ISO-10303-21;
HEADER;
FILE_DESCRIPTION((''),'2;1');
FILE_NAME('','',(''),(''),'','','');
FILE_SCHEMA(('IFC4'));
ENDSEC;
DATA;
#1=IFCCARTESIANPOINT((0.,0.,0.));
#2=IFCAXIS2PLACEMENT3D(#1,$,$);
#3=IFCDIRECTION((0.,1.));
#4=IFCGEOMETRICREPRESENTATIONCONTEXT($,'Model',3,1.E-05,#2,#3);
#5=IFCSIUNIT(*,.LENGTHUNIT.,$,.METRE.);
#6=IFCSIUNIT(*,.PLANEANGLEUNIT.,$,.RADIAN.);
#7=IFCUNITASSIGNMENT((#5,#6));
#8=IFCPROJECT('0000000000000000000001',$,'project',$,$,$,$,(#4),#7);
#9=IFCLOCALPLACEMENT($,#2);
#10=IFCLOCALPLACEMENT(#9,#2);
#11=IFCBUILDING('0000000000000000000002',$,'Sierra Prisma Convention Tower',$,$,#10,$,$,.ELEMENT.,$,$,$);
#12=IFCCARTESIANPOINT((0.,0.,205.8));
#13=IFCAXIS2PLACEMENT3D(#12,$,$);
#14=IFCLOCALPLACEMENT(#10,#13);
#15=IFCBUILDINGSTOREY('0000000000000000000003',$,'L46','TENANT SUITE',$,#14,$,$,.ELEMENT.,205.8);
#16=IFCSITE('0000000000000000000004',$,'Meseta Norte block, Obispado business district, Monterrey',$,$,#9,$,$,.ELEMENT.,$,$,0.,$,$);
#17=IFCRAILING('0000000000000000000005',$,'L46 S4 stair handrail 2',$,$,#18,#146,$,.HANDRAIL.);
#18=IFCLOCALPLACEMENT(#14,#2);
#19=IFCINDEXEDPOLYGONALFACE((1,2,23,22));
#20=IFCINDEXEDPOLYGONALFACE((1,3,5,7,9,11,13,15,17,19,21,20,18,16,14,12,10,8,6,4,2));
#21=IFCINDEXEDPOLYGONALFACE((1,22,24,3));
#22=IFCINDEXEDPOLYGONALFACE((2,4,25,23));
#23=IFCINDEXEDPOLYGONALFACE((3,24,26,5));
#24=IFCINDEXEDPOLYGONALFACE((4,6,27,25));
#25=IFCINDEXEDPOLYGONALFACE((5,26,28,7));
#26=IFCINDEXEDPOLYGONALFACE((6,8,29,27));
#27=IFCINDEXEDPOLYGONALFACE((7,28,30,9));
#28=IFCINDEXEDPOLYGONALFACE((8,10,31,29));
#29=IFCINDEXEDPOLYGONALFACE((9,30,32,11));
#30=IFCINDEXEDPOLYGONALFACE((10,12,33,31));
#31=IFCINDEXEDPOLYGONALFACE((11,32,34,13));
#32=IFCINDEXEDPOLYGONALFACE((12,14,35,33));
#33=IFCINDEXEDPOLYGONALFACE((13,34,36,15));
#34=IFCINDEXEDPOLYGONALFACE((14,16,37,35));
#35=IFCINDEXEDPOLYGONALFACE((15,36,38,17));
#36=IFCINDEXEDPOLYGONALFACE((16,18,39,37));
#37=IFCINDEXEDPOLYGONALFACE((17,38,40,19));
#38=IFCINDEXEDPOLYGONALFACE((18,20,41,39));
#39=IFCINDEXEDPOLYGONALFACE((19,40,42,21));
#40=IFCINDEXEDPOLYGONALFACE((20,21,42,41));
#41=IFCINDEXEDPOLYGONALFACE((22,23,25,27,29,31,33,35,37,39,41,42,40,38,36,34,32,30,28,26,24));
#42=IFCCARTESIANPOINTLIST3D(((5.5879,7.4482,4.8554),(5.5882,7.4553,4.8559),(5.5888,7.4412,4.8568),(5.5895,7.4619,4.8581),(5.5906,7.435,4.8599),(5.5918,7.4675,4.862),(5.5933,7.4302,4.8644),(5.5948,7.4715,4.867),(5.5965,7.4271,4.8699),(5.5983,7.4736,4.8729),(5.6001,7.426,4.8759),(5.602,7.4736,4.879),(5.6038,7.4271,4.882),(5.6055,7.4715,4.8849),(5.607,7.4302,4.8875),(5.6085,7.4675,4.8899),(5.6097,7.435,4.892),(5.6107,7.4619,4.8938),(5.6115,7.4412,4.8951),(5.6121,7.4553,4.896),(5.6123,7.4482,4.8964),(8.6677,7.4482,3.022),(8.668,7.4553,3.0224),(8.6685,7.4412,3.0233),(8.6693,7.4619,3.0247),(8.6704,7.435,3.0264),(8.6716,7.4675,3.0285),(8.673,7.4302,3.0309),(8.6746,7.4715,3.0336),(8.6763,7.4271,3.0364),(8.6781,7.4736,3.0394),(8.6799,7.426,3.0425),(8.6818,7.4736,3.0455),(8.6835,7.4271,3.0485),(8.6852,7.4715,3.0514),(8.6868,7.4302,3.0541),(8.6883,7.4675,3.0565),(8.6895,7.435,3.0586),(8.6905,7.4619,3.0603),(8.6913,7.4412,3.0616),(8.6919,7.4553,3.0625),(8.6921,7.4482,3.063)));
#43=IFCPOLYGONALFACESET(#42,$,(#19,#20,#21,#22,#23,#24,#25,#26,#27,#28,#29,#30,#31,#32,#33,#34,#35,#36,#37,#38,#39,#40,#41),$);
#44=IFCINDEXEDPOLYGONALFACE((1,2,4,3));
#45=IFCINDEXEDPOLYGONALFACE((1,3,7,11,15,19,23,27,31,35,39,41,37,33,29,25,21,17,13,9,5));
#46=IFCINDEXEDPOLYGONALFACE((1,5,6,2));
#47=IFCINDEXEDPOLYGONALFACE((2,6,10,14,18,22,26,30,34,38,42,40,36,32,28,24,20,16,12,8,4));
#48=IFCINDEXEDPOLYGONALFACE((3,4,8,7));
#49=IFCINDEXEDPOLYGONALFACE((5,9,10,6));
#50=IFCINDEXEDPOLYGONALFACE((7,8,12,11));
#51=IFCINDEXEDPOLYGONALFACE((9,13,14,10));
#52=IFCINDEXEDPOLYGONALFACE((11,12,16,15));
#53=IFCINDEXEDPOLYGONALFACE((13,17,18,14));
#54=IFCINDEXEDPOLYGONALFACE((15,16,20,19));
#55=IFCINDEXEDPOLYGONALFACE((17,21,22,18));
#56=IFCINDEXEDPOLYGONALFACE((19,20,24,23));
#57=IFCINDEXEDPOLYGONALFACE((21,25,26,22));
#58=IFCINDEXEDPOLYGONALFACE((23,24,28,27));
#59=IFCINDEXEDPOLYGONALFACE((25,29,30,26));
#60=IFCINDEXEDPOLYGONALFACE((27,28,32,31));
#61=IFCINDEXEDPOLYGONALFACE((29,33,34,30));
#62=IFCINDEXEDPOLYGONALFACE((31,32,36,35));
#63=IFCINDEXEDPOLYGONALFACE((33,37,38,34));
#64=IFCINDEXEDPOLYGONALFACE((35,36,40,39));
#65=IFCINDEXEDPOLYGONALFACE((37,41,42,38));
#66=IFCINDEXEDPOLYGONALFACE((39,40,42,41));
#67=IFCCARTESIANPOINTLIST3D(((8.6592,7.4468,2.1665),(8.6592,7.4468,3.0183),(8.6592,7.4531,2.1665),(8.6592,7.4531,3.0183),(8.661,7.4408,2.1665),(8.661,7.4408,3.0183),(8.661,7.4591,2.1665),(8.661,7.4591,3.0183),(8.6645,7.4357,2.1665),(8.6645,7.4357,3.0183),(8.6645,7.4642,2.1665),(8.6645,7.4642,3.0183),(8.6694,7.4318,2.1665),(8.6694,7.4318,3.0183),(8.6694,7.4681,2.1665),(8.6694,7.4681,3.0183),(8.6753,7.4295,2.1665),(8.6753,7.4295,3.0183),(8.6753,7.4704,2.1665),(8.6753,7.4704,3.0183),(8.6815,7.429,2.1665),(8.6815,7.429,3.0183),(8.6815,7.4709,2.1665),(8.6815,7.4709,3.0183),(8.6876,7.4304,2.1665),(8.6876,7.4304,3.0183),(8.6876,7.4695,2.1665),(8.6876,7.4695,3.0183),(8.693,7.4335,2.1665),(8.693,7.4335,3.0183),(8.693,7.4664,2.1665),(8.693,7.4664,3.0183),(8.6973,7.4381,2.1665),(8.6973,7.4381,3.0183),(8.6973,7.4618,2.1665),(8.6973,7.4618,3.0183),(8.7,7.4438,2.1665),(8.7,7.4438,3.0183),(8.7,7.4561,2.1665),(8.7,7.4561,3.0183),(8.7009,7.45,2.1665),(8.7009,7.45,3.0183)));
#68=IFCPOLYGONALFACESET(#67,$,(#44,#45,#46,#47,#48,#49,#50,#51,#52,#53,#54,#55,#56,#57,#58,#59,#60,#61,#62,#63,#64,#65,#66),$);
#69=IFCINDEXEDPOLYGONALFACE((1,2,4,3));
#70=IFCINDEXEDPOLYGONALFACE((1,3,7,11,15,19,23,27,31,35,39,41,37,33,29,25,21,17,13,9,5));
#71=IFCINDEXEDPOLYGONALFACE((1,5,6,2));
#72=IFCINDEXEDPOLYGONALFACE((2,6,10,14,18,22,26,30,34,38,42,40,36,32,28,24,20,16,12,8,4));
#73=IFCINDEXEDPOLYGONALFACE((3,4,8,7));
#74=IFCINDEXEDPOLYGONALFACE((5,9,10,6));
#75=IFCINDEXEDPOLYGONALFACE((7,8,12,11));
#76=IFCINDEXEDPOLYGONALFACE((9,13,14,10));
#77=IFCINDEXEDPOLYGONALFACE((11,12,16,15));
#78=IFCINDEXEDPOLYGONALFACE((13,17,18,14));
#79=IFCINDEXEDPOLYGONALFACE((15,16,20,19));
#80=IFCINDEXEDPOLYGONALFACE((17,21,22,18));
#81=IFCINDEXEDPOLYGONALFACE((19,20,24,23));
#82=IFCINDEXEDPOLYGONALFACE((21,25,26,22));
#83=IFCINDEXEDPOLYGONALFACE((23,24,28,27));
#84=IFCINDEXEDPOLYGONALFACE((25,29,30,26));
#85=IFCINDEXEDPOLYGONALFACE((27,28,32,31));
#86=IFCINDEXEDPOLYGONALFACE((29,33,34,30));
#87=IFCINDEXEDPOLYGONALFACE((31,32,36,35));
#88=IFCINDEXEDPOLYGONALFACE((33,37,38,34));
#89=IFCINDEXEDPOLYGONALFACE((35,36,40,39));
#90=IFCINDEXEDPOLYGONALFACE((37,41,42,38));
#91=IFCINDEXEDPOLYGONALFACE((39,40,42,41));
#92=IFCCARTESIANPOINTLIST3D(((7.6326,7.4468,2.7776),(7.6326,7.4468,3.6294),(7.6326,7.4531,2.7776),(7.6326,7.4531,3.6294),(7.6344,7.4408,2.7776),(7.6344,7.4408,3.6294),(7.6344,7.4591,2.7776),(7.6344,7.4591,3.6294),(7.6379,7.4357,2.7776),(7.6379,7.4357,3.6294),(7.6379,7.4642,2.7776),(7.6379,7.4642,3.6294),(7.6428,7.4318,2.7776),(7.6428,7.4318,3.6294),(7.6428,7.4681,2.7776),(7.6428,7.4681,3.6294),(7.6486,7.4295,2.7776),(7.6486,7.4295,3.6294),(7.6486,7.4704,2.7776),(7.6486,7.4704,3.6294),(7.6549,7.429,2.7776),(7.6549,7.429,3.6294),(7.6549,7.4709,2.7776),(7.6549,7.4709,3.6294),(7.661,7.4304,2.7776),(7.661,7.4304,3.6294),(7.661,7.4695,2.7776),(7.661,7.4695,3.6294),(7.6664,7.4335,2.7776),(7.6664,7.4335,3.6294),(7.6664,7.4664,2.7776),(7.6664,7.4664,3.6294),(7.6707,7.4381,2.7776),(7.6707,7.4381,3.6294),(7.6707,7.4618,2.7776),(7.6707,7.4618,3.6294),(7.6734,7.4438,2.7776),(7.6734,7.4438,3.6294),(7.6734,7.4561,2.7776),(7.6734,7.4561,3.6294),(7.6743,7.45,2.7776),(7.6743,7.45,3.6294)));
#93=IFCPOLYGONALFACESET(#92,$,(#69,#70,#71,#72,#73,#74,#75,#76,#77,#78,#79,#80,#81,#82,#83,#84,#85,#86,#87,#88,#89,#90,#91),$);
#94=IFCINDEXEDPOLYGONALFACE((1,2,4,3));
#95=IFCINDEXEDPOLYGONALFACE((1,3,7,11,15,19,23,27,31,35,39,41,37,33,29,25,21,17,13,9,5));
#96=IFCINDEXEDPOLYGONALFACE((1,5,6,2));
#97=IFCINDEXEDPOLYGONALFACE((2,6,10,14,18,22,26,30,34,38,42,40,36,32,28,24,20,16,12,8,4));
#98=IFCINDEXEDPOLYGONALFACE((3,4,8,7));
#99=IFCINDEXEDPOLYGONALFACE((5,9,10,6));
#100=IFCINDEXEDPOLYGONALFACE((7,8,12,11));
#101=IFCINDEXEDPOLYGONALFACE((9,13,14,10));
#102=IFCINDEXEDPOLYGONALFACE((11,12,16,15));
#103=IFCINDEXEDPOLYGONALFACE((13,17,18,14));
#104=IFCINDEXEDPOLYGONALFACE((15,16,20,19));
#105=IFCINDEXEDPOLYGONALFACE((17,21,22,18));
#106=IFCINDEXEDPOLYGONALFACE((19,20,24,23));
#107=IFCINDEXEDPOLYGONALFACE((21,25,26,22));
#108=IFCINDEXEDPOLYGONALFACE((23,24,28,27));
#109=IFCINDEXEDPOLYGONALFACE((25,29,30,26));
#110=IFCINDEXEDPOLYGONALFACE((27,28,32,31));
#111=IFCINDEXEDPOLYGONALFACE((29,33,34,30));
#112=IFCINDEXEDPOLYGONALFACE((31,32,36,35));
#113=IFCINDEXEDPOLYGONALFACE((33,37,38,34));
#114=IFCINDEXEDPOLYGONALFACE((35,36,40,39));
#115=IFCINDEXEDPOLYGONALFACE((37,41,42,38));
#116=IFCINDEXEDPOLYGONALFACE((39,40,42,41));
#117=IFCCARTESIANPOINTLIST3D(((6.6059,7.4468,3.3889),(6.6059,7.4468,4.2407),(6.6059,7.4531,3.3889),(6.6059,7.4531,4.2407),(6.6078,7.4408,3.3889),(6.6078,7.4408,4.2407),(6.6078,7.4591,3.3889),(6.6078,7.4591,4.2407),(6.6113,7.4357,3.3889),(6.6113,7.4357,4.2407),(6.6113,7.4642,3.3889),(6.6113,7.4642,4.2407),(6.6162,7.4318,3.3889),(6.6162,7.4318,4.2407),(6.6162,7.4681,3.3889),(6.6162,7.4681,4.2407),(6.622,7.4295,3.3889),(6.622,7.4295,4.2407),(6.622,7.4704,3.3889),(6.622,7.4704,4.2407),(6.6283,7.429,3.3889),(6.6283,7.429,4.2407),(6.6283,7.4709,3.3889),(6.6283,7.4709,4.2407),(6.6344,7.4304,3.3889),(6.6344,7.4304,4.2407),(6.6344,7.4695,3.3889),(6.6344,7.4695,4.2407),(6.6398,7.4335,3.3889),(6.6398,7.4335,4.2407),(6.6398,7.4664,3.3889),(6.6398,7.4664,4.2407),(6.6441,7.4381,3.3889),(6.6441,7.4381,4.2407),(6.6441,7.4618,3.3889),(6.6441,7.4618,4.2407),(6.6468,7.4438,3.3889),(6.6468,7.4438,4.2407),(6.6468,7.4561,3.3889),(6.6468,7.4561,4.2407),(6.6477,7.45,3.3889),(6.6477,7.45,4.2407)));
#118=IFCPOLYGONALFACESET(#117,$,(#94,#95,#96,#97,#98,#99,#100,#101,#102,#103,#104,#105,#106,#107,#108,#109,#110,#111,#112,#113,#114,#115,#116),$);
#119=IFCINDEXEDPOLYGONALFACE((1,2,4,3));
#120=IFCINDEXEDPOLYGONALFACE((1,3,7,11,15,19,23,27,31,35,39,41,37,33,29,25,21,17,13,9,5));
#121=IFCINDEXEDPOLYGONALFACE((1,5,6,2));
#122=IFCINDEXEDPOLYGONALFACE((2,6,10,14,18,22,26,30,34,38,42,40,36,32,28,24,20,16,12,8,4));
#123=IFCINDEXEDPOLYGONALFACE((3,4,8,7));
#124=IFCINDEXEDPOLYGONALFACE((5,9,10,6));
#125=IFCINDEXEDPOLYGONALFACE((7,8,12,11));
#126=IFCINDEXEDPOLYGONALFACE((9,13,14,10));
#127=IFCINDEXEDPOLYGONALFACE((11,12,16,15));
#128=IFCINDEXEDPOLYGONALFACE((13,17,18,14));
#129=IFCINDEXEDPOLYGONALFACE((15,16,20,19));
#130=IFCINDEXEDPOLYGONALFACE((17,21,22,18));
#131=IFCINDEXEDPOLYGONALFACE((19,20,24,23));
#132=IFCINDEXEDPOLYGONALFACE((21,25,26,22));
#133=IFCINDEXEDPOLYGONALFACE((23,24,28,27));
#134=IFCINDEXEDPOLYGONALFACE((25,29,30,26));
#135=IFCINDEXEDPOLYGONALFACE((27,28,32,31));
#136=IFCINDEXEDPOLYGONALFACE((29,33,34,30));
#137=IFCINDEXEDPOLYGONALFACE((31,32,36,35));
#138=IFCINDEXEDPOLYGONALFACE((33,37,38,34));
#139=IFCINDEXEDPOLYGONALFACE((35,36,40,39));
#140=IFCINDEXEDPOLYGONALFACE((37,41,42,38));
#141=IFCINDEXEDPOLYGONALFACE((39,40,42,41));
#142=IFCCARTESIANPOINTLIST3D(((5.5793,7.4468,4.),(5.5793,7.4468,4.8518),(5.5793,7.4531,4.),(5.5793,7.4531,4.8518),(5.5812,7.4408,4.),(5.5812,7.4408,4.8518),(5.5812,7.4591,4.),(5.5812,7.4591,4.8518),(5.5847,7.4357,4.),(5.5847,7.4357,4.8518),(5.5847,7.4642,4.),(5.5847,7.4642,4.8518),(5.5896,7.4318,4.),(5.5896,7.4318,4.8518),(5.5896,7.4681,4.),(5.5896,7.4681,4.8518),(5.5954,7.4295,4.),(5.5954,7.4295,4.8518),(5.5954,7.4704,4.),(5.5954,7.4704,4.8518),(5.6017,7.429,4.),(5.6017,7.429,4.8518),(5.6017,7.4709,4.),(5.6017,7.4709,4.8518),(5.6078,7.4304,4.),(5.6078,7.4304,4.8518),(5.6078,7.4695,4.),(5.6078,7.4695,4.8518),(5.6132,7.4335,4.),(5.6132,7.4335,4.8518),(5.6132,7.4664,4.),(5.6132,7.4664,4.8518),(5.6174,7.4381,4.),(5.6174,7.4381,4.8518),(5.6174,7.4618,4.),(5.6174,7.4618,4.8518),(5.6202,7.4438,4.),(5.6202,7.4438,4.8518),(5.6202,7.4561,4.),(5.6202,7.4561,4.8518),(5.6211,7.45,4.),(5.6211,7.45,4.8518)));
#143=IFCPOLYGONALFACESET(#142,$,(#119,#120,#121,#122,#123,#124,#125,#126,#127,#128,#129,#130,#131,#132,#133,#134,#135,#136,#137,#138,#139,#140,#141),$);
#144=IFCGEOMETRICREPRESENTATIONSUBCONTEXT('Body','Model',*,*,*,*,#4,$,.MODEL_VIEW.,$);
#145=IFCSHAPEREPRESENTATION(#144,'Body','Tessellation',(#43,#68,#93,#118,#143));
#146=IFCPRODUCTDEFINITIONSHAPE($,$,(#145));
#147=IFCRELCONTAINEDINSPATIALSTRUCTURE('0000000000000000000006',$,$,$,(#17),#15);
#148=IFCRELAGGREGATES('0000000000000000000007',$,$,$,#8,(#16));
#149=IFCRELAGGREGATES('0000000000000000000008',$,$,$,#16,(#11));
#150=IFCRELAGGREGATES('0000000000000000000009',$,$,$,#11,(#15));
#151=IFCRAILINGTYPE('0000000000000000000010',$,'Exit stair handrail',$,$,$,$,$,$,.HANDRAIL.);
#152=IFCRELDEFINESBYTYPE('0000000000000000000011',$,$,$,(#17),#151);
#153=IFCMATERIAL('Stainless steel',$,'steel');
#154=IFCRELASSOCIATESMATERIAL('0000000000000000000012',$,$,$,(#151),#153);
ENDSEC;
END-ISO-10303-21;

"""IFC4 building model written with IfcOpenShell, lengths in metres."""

from ifc_helpers import new_model, si_unit, direction, frame, origin, origin_2d, place, context, subcontext, project, spatial, circle, extrude, material, type_object, element, save


model = new_model("IFC4")

# Units and contexts
model_context = context("Model", 3, precision=1e-05, world=origin(), true_north=direction((0.0, 1.0)))
body_context = subcontext(model_context, "Body", "Model", "MODEL_VIEW")
ifc_project = project(units=[si_unit("LENGTHUNIT", "METRE"), si_unit("PLANEANGLEUNIT", "RADIAN")], contexts=[model_context])

# Site, building, storey
site_placement = place(None, origin())
site = spatial("IfcSite", under=ifc_project, at=site_placement, Name="Meseta Norte block, Obispado business district, Monterrey", CompositionType="ELEMENT", RefElevation=0.0)
building_placement = place(site_placement, origin())
building = spatial("IfcBuilding", under=site, at=building_placement, Name="Sierra Prisma Convention Tower", CompositionType="ELEMENT")
storey_placement = place(building_placement, frame((0.0, 0.0, 205.8)))
storey = spatial("IfcBuildingStorey", under=building, at=storey_placement, Name="L46", Description="TENANT SUITE", CompositionType="ELEMENT", Elevation=205.8)

# Railing
ifc_material_1 = material(Name="Stainless steel", Category="steel")
railing_type_1 = type_object("IfcRailingType", Name="Exit stair handrail", PredefinedType="HANDRAIL", material=ifc_material_1)
railing_1_placement = place(storey_placement, frame((8.6799, 7.45, 2.1665)))
element("IfcRailing", 1, at=railing_1_placement, inside=storey, type_object=railing_type_1, Name="L46 S4 stair handrail 2", PredefinedType="HANDRAIL", context=body_context, shape_type="SweptSolid", body=[
    extrude(circle(Radius=0.0239, at=origin_2d()), frame((0.0, 0.0, 0.876), z_axis=(-0.859261, 0.0, 0.511538), x_axis=(0.0, -1.0, 0.0)), (0.0, 0.0, 1.0), 3.5842),
    extrude(circle(Radius=0.021, at=origin_2d()), origin(), (0.0, 0.0, 1.0), 0.8518),
    extrude(circle(Radius=0.021, at=origin_2d()), frame((-1.0266, 0.0, 0.6111)), (0.0, 0.0, 1.0), 0.8518),
    extrude(circle(Radius=0.021, at=origin_2d()), frame((-2.0532, 0.0, 1.2224)), (0.0, 0.0, 1.0), 0.8518),
    extrude(circle(Radius=0.021, at=origin_2d()), frame((-3.0798, 0.0, 1.8335)), (0.0, 0.0, 1.0), 0.8518),
])

save(model, "model.ifc")
